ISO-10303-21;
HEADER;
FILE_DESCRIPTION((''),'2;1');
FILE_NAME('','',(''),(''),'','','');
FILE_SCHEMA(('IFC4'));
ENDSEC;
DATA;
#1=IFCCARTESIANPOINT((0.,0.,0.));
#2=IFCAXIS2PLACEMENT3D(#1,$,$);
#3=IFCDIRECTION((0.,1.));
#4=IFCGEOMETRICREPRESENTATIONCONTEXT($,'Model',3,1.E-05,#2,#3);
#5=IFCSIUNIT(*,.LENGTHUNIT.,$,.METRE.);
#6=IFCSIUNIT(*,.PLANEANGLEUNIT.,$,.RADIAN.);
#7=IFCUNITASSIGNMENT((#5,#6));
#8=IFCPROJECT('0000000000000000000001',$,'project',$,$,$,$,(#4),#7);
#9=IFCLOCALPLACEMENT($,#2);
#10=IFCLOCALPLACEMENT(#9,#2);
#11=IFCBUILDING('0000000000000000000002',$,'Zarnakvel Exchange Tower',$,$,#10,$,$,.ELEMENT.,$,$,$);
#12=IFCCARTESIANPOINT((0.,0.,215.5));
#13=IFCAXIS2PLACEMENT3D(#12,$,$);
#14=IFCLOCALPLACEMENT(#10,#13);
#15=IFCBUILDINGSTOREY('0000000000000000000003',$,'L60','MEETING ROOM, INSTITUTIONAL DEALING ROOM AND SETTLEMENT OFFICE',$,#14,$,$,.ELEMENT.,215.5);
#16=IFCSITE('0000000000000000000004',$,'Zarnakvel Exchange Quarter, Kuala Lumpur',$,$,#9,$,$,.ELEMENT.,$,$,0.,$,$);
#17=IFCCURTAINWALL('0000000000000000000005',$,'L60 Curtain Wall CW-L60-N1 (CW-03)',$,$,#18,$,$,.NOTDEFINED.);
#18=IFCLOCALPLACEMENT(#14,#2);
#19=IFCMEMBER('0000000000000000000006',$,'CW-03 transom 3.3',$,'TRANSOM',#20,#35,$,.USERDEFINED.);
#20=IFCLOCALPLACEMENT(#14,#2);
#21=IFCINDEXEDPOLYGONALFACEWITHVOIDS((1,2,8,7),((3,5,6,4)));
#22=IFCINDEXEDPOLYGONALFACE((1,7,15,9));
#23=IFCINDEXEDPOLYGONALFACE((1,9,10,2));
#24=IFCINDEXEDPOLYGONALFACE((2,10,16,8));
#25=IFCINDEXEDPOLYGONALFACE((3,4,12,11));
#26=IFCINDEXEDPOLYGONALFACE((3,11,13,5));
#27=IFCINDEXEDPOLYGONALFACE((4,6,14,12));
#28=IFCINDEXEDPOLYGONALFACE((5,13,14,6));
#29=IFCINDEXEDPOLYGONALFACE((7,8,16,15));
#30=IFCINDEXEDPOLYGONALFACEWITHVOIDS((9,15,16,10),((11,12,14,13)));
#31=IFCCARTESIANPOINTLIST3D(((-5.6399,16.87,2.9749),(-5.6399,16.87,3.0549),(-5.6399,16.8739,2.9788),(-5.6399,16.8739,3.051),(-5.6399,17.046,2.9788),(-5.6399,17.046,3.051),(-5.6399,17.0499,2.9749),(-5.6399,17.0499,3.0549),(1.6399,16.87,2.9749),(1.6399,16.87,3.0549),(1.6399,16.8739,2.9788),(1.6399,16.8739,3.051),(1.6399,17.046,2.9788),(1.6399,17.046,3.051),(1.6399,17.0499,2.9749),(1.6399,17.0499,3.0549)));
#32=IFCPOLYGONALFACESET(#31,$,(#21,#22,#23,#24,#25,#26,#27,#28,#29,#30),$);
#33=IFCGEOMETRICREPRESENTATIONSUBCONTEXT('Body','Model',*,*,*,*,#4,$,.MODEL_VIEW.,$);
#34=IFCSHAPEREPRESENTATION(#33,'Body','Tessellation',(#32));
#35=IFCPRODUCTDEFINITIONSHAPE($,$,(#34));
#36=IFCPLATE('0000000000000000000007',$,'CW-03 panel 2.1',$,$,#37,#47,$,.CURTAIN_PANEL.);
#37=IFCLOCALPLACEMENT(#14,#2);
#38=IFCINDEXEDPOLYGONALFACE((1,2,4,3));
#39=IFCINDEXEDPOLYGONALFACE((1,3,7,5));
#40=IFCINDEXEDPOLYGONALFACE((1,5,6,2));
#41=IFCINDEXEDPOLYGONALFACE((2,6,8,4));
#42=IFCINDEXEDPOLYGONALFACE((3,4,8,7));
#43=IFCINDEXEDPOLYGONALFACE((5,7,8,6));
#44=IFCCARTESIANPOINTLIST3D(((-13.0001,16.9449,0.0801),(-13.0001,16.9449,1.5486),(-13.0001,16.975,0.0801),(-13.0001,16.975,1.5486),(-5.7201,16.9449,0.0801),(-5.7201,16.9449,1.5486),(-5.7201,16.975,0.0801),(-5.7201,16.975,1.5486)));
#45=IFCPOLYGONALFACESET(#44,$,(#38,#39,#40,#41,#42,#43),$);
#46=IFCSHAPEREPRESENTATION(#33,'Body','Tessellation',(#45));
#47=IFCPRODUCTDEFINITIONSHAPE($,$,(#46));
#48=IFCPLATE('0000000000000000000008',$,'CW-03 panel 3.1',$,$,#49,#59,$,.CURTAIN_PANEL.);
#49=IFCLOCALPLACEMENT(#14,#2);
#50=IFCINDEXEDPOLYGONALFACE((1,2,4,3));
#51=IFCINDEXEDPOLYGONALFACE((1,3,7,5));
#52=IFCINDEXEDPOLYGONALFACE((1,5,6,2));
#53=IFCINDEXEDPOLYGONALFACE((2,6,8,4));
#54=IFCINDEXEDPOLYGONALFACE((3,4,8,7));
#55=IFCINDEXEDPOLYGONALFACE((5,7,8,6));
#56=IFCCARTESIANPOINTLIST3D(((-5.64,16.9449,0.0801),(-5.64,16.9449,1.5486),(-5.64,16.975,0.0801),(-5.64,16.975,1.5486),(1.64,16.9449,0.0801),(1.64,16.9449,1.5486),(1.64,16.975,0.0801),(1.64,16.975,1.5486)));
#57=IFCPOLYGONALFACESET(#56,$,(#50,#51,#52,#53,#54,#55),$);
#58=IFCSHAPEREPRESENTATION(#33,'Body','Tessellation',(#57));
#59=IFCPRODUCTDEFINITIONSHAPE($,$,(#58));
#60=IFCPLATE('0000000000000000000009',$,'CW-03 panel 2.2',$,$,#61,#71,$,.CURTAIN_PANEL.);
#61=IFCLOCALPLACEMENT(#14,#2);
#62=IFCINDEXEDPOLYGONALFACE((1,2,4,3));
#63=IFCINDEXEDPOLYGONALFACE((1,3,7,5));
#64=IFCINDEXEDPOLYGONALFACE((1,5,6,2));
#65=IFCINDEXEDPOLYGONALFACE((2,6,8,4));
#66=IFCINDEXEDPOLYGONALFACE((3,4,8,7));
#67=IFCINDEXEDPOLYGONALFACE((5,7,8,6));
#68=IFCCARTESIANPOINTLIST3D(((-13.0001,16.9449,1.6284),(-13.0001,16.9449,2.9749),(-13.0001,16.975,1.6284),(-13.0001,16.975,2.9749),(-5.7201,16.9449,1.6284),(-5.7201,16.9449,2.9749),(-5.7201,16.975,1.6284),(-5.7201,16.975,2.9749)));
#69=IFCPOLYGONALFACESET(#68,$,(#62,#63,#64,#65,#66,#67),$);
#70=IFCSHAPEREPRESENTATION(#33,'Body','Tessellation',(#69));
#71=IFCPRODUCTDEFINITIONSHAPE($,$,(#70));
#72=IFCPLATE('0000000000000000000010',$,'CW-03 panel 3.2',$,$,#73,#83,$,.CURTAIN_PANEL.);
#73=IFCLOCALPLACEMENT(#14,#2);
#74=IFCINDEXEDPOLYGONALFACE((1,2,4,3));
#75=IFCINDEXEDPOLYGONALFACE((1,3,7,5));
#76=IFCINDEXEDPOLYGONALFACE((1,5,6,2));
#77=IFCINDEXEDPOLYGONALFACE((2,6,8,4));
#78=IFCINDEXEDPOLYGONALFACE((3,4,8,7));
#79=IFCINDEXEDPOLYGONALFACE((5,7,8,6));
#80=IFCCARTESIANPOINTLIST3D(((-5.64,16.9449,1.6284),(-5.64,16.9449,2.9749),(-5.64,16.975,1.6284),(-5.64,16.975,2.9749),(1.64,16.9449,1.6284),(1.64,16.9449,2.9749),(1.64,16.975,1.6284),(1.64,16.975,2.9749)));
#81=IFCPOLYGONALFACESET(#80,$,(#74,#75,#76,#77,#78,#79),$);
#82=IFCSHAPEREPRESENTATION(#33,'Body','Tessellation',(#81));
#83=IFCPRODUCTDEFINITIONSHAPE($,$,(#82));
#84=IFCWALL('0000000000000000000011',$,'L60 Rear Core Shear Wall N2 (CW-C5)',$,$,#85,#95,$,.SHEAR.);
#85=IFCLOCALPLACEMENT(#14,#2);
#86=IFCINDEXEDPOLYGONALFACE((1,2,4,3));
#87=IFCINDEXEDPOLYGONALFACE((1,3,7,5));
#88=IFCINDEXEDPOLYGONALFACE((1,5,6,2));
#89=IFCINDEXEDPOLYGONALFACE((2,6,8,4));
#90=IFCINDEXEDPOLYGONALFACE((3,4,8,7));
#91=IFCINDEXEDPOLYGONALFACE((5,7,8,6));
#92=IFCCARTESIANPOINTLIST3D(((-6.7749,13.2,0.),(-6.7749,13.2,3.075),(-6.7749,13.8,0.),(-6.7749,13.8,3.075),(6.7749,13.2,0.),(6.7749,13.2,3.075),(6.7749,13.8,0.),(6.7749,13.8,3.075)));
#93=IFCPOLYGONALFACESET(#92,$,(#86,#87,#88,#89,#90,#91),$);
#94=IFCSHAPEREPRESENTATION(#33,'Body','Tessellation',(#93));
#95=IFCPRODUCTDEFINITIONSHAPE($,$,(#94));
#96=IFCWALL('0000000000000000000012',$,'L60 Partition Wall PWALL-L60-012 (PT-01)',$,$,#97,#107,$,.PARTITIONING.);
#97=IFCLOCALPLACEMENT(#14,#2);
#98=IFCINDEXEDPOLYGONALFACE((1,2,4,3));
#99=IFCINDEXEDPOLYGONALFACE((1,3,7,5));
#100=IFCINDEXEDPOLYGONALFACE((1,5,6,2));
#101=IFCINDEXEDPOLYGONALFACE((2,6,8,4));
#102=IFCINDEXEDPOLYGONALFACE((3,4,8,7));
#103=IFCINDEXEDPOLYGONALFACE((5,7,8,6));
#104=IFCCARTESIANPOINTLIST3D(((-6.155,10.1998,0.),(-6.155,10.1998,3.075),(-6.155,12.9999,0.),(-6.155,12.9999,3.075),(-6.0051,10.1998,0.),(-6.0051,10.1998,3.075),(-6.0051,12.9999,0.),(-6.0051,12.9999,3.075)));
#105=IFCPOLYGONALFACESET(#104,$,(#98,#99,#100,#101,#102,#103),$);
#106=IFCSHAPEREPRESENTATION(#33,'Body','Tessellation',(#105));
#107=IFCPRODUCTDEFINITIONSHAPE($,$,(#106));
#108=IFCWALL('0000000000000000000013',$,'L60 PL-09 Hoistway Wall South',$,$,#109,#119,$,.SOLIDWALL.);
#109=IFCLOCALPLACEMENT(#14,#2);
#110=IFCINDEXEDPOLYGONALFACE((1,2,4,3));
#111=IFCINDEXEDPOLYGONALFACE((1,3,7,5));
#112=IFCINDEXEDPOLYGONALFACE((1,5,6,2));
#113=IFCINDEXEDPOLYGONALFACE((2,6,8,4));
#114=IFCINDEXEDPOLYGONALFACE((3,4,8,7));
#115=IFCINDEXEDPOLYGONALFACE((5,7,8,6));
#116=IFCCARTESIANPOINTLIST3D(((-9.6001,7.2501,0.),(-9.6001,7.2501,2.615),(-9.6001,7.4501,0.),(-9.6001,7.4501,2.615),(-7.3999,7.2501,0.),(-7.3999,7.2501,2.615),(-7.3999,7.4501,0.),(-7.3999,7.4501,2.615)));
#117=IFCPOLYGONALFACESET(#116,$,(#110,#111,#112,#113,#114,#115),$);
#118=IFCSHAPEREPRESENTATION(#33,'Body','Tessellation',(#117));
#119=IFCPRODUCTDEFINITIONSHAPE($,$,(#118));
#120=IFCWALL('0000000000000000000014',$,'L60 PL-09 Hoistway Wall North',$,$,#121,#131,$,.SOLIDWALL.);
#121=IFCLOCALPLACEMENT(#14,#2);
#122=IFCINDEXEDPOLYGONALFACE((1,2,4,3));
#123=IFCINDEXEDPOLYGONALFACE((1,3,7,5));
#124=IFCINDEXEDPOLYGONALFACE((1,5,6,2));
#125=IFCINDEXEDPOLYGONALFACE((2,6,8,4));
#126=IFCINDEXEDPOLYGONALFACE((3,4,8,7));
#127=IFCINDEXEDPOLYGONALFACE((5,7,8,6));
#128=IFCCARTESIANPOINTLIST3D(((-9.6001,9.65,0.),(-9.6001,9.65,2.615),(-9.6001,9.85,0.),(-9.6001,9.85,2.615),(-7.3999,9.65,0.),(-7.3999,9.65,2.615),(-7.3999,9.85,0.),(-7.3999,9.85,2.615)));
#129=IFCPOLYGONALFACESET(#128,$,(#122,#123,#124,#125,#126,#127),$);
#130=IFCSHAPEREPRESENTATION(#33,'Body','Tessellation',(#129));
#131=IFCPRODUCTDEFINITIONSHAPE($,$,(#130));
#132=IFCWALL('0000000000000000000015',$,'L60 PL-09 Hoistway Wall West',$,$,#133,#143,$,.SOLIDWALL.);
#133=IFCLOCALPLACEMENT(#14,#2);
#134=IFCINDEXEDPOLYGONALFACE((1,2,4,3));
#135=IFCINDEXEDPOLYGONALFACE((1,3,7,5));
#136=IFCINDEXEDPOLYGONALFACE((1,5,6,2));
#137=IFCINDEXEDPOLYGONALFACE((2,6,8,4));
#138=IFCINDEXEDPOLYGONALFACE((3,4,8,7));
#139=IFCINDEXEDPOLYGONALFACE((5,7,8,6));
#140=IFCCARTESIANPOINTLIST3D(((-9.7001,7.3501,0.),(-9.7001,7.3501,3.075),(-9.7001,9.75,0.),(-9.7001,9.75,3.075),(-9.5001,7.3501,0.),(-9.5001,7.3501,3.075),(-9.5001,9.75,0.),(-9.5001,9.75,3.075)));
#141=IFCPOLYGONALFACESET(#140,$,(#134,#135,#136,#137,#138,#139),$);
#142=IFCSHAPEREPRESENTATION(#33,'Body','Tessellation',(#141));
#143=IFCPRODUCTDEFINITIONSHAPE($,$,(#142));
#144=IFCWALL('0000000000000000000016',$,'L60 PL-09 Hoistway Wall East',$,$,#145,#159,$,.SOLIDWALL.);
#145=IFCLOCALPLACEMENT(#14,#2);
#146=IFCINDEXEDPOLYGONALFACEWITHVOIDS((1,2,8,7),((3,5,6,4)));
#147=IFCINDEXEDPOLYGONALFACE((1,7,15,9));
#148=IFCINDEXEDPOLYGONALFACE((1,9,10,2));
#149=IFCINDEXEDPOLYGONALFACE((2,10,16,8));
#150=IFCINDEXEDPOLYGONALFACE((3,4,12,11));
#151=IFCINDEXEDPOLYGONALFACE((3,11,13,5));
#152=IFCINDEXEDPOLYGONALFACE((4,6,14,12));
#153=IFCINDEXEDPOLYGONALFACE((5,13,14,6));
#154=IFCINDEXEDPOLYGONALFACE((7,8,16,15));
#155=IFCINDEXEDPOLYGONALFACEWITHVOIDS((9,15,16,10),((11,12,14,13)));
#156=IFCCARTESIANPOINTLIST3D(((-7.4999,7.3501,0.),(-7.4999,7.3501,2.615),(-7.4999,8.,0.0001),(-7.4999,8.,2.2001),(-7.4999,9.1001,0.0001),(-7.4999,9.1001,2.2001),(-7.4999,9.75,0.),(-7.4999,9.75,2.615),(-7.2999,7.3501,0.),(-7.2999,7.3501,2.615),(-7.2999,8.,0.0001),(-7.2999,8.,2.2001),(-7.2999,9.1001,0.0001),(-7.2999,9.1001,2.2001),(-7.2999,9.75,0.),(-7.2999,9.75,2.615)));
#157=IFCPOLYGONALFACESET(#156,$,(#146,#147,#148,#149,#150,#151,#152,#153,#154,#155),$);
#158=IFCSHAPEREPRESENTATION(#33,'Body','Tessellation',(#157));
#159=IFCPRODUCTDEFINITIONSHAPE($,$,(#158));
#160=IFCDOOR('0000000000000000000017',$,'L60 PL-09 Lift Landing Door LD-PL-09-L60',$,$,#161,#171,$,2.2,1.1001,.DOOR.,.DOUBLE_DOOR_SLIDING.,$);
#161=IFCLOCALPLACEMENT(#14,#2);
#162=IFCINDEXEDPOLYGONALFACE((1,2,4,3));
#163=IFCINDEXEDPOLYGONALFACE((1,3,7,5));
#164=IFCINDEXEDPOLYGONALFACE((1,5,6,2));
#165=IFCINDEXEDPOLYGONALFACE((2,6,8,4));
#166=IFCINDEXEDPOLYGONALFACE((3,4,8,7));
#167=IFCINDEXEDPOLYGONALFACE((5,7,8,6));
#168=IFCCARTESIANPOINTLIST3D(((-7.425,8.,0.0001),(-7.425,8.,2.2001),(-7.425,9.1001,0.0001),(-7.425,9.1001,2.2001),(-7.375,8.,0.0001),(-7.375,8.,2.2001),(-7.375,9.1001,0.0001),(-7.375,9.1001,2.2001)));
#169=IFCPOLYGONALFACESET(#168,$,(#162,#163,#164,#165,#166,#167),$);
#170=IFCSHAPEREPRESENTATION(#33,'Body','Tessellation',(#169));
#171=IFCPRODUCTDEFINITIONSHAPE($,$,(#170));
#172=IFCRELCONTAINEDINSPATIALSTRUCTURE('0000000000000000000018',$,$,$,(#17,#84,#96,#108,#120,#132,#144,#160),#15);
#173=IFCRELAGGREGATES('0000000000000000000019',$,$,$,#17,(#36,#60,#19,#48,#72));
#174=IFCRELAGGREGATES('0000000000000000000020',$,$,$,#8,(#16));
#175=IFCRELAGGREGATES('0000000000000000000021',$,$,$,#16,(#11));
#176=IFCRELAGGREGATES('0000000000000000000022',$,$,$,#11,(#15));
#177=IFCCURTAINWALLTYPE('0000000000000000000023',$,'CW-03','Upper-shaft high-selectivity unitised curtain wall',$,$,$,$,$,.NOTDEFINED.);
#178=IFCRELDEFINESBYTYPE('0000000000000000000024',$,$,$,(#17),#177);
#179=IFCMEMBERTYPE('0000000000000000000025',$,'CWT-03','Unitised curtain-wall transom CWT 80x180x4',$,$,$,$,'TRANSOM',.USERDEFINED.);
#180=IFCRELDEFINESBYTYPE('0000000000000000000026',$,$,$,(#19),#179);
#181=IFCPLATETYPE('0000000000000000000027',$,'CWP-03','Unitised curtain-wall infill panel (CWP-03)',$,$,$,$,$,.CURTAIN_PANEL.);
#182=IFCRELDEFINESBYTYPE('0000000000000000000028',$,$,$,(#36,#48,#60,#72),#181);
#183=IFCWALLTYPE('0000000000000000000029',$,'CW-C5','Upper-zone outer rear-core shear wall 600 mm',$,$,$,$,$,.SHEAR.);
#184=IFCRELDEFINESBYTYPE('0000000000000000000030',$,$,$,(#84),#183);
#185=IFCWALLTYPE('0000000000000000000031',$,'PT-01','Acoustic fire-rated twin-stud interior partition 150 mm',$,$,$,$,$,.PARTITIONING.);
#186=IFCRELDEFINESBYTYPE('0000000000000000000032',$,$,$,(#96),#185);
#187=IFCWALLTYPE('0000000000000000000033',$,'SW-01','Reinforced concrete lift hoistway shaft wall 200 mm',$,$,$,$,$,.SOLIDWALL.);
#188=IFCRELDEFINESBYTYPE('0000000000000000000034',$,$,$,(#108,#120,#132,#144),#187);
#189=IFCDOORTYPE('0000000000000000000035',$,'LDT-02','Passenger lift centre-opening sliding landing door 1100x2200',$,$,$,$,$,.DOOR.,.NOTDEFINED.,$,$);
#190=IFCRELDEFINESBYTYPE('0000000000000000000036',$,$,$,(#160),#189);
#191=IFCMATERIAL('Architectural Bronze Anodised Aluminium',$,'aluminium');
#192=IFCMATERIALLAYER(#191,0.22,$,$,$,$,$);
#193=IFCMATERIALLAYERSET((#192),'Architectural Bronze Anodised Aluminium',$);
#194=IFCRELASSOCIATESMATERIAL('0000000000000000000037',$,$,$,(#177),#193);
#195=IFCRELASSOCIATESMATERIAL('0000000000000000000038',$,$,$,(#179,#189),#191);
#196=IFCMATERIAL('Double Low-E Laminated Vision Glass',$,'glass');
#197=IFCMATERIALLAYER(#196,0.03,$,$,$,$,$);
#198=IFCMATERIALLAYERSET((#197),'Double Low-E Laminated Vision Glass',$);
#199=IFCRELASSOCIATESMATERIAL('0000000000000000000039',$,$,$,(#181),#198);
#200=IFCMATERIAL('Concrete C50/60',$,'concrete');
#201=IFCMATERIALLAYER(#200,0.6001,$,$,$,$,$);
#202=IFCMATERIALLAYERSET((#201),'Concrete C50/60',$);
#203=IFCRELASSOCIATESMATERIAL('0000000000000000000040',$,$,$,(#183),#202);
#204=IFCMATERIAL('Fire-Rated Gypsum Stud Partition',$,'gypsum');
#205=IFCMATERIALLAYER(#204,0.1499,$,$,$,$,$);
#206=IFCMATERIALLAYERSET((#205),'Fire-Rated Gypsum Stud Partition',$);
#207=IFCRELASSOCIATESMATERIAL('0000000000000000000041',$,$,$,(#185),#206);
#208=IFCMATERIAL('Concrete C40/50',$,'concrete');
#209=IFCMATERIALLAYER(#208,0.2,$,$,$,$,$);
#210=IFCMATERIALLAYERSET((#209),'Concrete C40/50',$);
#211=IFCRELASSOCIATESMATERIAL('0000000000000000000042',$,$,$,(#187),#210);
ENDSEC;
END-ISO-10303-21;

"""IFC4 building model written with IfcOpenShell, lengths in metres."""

from ifc_helpers import new_model, si_unit, direction, frame, frame_2d, origin, origin_2d, place, context, subcontext, project, spatial, rectangle, hollow_rectangle, extrude, source, transform, mapped, material, layer, layer_set, material_profile, profile_set, type_object, element, fill, aggregate, save


model = new_model("IFC4")

# Units and contexts
model_context = context("Model", 3, precision=1e-05, world=origin(), true_north=direction((0.0, 1.0)))
body_context = subcontext(model_context, "Body", "Model", "MODEL_VIEW")
ifc_project = project(units=[si_unit("LENGTHUNIT", "METRE"), si_unit("PLANEANGLEUNIT", "RADIAN")], contexts=[model_context])

# Site, building, storey
site_placement = place(None, origin())
site = spatial("IfcSite", under=ifc_project, at=site_placement, Name="Zarnakvel Exchange Quarter, Kuala Lumpur", CompositionType="ELEMENT", RefElevation=0.0)
building_placement = place(site_placement, origin())
building = spatial("IfcBuilding", under=site, at=building_placement, Name="Zarnakvel Exchange Tower", CompositionType="ELEMENT")
storey_placement = place(building_placement, frame((0.0, 0.0, 215.5)))
storey = spatial("IfcBuildingStorey", under=building, at=storey_placement, Name="L60", Description="MEETING ROOM, INSTITUTIONAL DEALING ROOM AND SETTLEMENT OFFICE", CompositionType="ELEMENT", Elevation=215.5)

# Shared definitions
ifc_material_1 = material(Name="Concrete C50/60", Category="concrete")

# Curtain wall, member, plates
ifc_material_2 = material(Name="Architectural Bronze Anodised Aluminium", Category="aluminium")
ifc_layer_1 = layer(ifc_material_2, 0.22)
ifc_layer_set_1 = layer_set([ifc_layer_1], Name="Architectural Bronze Anodised Aluminium")
curtain_wall_type = type_object("IfcCurtainWallType", Name="CW-03", Description="Upper-shaft high-selectivity unitised curtain wall", PredefinedType="NOTDEFINED", material=ifc_layer_set_1)
curtain_wall_placement = place(storey_placement, origin())
curtain_wall = element("IfcCurtainWall", 1, at=curtain_wall_placement, inside=storey, type_object=curtain_wall_type, Name="L60 Curtain Wall CW-L60-N1 (CW-03)", PredefinedType="NOTDEFINED")
ifc_material_profile_1 = material_profile(ifc_material_2, hollow_rectangle(XDim=0.1799, YDim=0.0801, WallThickness=0.0039, at=origin_2d()))
ifc_profile_set_1 = profile_set([ifc_material_profile_1], Name="Architectural Bronze Anodised Aluminium")
member_type_1 = type_object("IfcMemberType", Name="CWT-03", Description="Unitised curtain-wall transom CWT 80x180x4", ElementType="TRANSOM", PredefinedType="USERDEFINED", material=ifc_profile_set_1)
shared_shape_1 = source(origin(), body_context, "Body", "SweptSolid", [
    extrude(hollow_rectangle(XDim=0.1799, YDim=0.0801, WallThickness=0.0039, at=origin_2d()), origin(), (0.0, 0.0, 1.0), 7.2798),
])
member_1_placement = place(storey_placement, frame((-5.6399, 16.96, 3.0149), z_axis=(1.0, 0.0, 0.0), x_axis=(0.0, 1.0, 0.0)))
member_1 = element("IfcMember", 2, at=member_1_placement, type_object=member_type_1, Name="CW-03 transom 3.3", ObjectType="TRANSOM", PredefinedType="USERDEFINED", context=body_context, shape_type="MappedRepresentation", body=[
    mapped(shared_shape_1, transform((0.0, 0.0, 0.0), x_axis=(1.0, 0.0, 0.0), y_axis=(0.0, 1.0, 0.0), z_axis=(0.0, 0.0, 1.0), scale=1.0)),
])
ifc_material_3 = material(Name="Double Low-E Laminated Vision Glass", Category="glass")
ifc_layer_2 = layer(ifc_material_3, 0.03)
ifc_layer_set_2 = layer_set([ifc_layer_2], Name="Double Low-E Laminated Vision Glass")
plate_type = type_object("IfcPlateType", Name="CWP-03", Description="Unitised curtain-wall infill panel (CWP-03)", PredefinedType="CURTAIN_PANEL", material=ifc_layer_set_2)
shared_shape_2 = source(origin(), body_context, "Body", "SweptSolid", [
    extrude(rectangle(XDim=7.28, YDim=0.03, at=origin_2d()), origin(), (0.0, 0.0, 1.0), 1.4685),
])
plate_1_placement = place(storey_placement, frame((-9.3601, 16.96, 0.0801), z_axis=(0.0, 0.0, 1.0), x_axis=(1.0, 0.0, 0.0)))
plate_1 = element("IfcPlate", 3, at=plate_1_placement, type_object=plate_type, Name="CW-03 panel 2.1", PredefinedType="CURTAIN_PANEL", context=body_context, shape_type="MappedRepresentation", body=[
    mapped(shared_shape_2, transform((0.0, 0.0, 0.0), x_axis=(1.0, 0.0, 0.0), y_axis=(0.0, 1.0, 0.0), z_axis=(0.0, 0.0, 1.0), scale=1.0)),
])
plate_2_placement = place(storey_placement, frame((-2.0, 16.96, 0.0801), z_axis=(0.0, 0.0, 1.0), x_axis=(1.0, 0.0, 0.0)))
plate_2 = element("IfcPlate", 4, at=plate_2_placement, type_object=plate_type, Name="CW-03 panel 3.1", PredefinedType="CURTAIN_PANEL", context=body_context, shape_type="MappedRepresentation", body=[
    mapped(shared_shape_2, transform((0.0, 0.0, 0.0), x_axis=(1.0, 0.0, 0.0), y_axis=(0.0, 1.0, 0.0), z_axis=(0.0, 0.0, 1.0), scale=1.0)),
])
shared_shape_3 = source(origin(), body_context, "Body", "SweptSolid", [
    extrude(rectangle(XDim=7.28, YDim=0.03, at=origin_2d()), origin(), (0.0, 0.0, 1.0), 1.3464),
])
plate_3_placement = place(storey_placement, frame((-9.3601, 16.96, 1.6284), z_axis=(0.0, 0.0, 1.0), x_axis=(1.0, 0.0, 0.0)))
plate_3 = element("IfcPlate", 5, at=plate_3_placement, type_object=plate_type, Name="CW-03 panel 2.2", PredefinedType="CURTAIN_PANEL", context=body_context, shape_type="MappedRepresentation", body=[
    mapped(shared_shape_3, transform((0.0, 0.0, 0.0), x_axis=(1.0, 0.0, 0.0), y_axis=(0.0, 1.0, 0.0), z_axis=(0.0, 0.0, 1.0), scale=1.0)),
])
plate_4_placement = place(storey_placement, frame((-2.0, 16.96, 1.6284), z_axis=(0.0, 0.0, 1.0), x_axis=(1.0, 0.0, 0.0)))
plate_4 = element("IfcPlate", 6, at=plate_4_placement, type_object=plate_type, Name="CW-03 panel 3.2", PredefinedType="CURTAIN_PANEL", context=body_context, shape_type="MappedRepresentation", body=[
    mapped(shared_shape_3, transform((0.0, 0.0, 0.0), x_axis=(1.0, 0.0, 0.0), y_axis=(0.0, 1.0, 0.0), z_axis=(0.0, 0.0, 1.0), scale=1.0)),
])
aggregate(curtain_wall, [plate_1, plate_3, member_1, plate_2, plate_4])

# Walls
ifc_layer_3 = layer(ifc_material_1, 0.6001)
ifc_layer_set_3 = layer_set([ifc_layer_3], Name="Concrete C50/60")
wall_type_1 = type_object("IfcWallType", Name="CW-C5", Description="Upper-zone outer rear-core shear wall 600 mm", PredefinedType="SHEAR", material=ifc_layer_set_3)
wall_1_placement = place(storey_placement, frame((-6.7749, 13.5, 0.0), z_axis=(0.0, 0.0, 1.0), x_axis=(1.0, 0.0, 0.0)))
element("IfcWall", 7, at=wall_1_placement, inside=storey, type_object=wall_type_1, Name="L60 Rear Core Shear Wall N2 (CW-C5)", PredefinedType="SHEAR", context=body_context, shape_type="SweptSolid", body=[
    extrude(rectangle(XDim=13.5498, YDim=0.6001, at=frame_2d((6.7749, 0.0))), origin(), (0.0, 0.0, 1.0), 3.075),
])
ifc_material_4 = material(Name="Fire-Rated Gypsum Stud Partition", Category="gypsum")
ifc_layer_4 = layer(ifc_material_4, 0.1499)
ifc_layer_set_4 = layer_set([ifc_layer_4], Name="Fire-Rated Gypsum Stud Partition")
wall_type_2 = type_object("IfcWallType", Name="PT-01", Description="Acoustic fire-rated twin-stud interior partition 150 mm", PredefinedType="PARTITIONING", material=ifc_layer_set_4)
wall_2_placement = place(storey_placement, frame((-6.0801, 10.2, 0.0), z_axis=(0.0, 0.0, 1.0), x_axis=(0.0, 1.0, 0.0)))
element("IfcWall", 8, at=wall_2_placement, inside=storey, type_object=wall_type_2, Name="L60 Partition Wall PWALL-L60-012 (PT-01)", PredefinedType="PARTITIONING", context=body_context, shape_type="SweptSolid", body=[
    extrude(rectangle(XDim=2.8, YDim=0.1499, at=frame_2d((1.3999, 0.0))), origin(), (0.0, 0.0, 1.0), 3.075),
])
ifc_material_5 = material(Name="Concrete C40/50", Category="concrete")
ifc_layer_5 = layer(ifc_material_5, 0.2)
ifc_layer_set_5 = layer_set([ifc_layer_5], Name="Concrete C40/50")
wall_type_3 = type_object("IfcWallType", Name="SW-01", Description="Reinforced concrete lift hoistway shaft wall 200 mm", PredefinedType="SOLIDWALL", material=ifc_layer_set_5)
for number, where, z_axis, x_axis, name in (
    (9, (-7.3999, 7.3501, 0.0), (0.0, 0.0, 1.0), (-1.0, 0.0, 0.0), "L60 PL-09 Hoistway Wall South"),
    (10, (-9.6001, 9.75, 0.0), (0.0, 0.0, 1.0), (1.0, 0.0, 0.0), "L60 PL-09 Hoistway Wall North"),
):
    element("IfcWall", number, at=place(storey_placement, frame(where, z_axis=z_axis, x_axis=x_axis)), inside=storey, type_object=wall_type_3, Name=name, PredefinedType="SOLIDWALL", context=body_context, shape_type="SweptSolid", body=[
        extrude(rectangle(XDim=2.2002, YDim=0.2, at=frame_2d((1.1001, 0.0))), origin(), (0.0, 0.0, 1.0), 2.615),
    ])
wall_3_placement = place(storey_placement, frame((-9.6001, 7.3501, 0.0), z_axis=(0.0, 0.0, 1.0), x_axis=(0.0, 1.0, 0.0)))
element("IfcWall", 11, at=wall_3_placement, inside=storey, type_object=wall_type_3, Name="L60 PL-09 Hoistway Wall West", PredefinedType="SOLIDWALL", context=body_context, shape_type="SweptSolid", body=[
    extrude(rectangle(XDim=2.3999, YDim=0.2, at=frame_2d((1.2, 0.0))), origin(), (0.0, 0.0, 1.0), 3.075),
])

# Wall, opening, door
wall_4_placement = place(storey_placement, frame((-7.3999, 9.75, 0.0), z_axis=(0.0, 0.0, 1.0), x_axis=(0.0, -1.0, 0.0)))
wall_4 = element("IfcWall", 12, at=wall_4_placement, inside=storey, type_object=wall_type_3, Name="L60 PL-09 Hoistway Wall East", PredefinedType="SOLIDWALL", context=body_context, shape_type="SweptSolid", body=[
    extrude(rectangle(XDim=2.3999, YDim=0.2, at=frame_2d((1.2, 0.0))), origin(), (0.0, 0.0, 1.0), 2.615),
])
opening_1_placement = place(wall_4_placement, frame((0.6499, 0.0, 0.0)))
opening_1 = element("IfcOpeningElement", 13, at=opening_1_placement, cuts=wall_4, PredefinedType="OPENING", context=body_context, shape_type="SweptSolid", body=[
    extrude(rectangle(XDim=1.1001, YDim=2.2, at=frame_2d((0.55, 1.1001))), frame((0.0, 0.1099, 0.0), z_axis=(0.0, -1.0, 0.0), x_axis=(1.0, 0.0, 0.0)), (0.0, 0.0, 1.0), 0.22),
])
door_type = type_object("IfcDoorType", Name="LDT-02", Description="Passenger lift centre-opening sliding landing door 1100x2200", OperationType="NOTDEFINED", PredefinedType="DOOR", material=ifc_material_2)
shared_shape_4 = source(origin(), body_context, "Body", "SweptSolid", [
    extrude(rectangle(XDim=1.1001, YDim=2.2, at=frame_2d((0.55, 1.1001))), frame((0.0, 0.0249, 0.0), z_axis=(0.0, -1.0, 0.0), x_axis=(1.0, 0.0, 0.0)), (0.0, 0.0, 1.0), 0.05),
])
door_1_placement = place(opening_1_placement, origin())
door_1 = element("IfcDoor", 14, at=door_1_placement, inside=storey, type_object=door_type, Name="L60 PL-09 Lift Landing Door LD-PL-09-L60", OperationType="DOUBLE_DOOR_SLIDING", OverallHeight=2.2, OverallWidth=1.1001, PredefinedType="DOOR", context=body_context, shape_type="MappedRepresentation", body=[
    mapped(shared_shape_4, transform((0.0, 0.0, 0.0), x_axis=(1.0, 0.0, 0.0), y_axis=(0.0, 1.0, 0.0), z_axis=(0.0, 0.0, 1.0), scale=1.0)),
])
fill(opening_1, door_1)

save(model, "model.ifc")
